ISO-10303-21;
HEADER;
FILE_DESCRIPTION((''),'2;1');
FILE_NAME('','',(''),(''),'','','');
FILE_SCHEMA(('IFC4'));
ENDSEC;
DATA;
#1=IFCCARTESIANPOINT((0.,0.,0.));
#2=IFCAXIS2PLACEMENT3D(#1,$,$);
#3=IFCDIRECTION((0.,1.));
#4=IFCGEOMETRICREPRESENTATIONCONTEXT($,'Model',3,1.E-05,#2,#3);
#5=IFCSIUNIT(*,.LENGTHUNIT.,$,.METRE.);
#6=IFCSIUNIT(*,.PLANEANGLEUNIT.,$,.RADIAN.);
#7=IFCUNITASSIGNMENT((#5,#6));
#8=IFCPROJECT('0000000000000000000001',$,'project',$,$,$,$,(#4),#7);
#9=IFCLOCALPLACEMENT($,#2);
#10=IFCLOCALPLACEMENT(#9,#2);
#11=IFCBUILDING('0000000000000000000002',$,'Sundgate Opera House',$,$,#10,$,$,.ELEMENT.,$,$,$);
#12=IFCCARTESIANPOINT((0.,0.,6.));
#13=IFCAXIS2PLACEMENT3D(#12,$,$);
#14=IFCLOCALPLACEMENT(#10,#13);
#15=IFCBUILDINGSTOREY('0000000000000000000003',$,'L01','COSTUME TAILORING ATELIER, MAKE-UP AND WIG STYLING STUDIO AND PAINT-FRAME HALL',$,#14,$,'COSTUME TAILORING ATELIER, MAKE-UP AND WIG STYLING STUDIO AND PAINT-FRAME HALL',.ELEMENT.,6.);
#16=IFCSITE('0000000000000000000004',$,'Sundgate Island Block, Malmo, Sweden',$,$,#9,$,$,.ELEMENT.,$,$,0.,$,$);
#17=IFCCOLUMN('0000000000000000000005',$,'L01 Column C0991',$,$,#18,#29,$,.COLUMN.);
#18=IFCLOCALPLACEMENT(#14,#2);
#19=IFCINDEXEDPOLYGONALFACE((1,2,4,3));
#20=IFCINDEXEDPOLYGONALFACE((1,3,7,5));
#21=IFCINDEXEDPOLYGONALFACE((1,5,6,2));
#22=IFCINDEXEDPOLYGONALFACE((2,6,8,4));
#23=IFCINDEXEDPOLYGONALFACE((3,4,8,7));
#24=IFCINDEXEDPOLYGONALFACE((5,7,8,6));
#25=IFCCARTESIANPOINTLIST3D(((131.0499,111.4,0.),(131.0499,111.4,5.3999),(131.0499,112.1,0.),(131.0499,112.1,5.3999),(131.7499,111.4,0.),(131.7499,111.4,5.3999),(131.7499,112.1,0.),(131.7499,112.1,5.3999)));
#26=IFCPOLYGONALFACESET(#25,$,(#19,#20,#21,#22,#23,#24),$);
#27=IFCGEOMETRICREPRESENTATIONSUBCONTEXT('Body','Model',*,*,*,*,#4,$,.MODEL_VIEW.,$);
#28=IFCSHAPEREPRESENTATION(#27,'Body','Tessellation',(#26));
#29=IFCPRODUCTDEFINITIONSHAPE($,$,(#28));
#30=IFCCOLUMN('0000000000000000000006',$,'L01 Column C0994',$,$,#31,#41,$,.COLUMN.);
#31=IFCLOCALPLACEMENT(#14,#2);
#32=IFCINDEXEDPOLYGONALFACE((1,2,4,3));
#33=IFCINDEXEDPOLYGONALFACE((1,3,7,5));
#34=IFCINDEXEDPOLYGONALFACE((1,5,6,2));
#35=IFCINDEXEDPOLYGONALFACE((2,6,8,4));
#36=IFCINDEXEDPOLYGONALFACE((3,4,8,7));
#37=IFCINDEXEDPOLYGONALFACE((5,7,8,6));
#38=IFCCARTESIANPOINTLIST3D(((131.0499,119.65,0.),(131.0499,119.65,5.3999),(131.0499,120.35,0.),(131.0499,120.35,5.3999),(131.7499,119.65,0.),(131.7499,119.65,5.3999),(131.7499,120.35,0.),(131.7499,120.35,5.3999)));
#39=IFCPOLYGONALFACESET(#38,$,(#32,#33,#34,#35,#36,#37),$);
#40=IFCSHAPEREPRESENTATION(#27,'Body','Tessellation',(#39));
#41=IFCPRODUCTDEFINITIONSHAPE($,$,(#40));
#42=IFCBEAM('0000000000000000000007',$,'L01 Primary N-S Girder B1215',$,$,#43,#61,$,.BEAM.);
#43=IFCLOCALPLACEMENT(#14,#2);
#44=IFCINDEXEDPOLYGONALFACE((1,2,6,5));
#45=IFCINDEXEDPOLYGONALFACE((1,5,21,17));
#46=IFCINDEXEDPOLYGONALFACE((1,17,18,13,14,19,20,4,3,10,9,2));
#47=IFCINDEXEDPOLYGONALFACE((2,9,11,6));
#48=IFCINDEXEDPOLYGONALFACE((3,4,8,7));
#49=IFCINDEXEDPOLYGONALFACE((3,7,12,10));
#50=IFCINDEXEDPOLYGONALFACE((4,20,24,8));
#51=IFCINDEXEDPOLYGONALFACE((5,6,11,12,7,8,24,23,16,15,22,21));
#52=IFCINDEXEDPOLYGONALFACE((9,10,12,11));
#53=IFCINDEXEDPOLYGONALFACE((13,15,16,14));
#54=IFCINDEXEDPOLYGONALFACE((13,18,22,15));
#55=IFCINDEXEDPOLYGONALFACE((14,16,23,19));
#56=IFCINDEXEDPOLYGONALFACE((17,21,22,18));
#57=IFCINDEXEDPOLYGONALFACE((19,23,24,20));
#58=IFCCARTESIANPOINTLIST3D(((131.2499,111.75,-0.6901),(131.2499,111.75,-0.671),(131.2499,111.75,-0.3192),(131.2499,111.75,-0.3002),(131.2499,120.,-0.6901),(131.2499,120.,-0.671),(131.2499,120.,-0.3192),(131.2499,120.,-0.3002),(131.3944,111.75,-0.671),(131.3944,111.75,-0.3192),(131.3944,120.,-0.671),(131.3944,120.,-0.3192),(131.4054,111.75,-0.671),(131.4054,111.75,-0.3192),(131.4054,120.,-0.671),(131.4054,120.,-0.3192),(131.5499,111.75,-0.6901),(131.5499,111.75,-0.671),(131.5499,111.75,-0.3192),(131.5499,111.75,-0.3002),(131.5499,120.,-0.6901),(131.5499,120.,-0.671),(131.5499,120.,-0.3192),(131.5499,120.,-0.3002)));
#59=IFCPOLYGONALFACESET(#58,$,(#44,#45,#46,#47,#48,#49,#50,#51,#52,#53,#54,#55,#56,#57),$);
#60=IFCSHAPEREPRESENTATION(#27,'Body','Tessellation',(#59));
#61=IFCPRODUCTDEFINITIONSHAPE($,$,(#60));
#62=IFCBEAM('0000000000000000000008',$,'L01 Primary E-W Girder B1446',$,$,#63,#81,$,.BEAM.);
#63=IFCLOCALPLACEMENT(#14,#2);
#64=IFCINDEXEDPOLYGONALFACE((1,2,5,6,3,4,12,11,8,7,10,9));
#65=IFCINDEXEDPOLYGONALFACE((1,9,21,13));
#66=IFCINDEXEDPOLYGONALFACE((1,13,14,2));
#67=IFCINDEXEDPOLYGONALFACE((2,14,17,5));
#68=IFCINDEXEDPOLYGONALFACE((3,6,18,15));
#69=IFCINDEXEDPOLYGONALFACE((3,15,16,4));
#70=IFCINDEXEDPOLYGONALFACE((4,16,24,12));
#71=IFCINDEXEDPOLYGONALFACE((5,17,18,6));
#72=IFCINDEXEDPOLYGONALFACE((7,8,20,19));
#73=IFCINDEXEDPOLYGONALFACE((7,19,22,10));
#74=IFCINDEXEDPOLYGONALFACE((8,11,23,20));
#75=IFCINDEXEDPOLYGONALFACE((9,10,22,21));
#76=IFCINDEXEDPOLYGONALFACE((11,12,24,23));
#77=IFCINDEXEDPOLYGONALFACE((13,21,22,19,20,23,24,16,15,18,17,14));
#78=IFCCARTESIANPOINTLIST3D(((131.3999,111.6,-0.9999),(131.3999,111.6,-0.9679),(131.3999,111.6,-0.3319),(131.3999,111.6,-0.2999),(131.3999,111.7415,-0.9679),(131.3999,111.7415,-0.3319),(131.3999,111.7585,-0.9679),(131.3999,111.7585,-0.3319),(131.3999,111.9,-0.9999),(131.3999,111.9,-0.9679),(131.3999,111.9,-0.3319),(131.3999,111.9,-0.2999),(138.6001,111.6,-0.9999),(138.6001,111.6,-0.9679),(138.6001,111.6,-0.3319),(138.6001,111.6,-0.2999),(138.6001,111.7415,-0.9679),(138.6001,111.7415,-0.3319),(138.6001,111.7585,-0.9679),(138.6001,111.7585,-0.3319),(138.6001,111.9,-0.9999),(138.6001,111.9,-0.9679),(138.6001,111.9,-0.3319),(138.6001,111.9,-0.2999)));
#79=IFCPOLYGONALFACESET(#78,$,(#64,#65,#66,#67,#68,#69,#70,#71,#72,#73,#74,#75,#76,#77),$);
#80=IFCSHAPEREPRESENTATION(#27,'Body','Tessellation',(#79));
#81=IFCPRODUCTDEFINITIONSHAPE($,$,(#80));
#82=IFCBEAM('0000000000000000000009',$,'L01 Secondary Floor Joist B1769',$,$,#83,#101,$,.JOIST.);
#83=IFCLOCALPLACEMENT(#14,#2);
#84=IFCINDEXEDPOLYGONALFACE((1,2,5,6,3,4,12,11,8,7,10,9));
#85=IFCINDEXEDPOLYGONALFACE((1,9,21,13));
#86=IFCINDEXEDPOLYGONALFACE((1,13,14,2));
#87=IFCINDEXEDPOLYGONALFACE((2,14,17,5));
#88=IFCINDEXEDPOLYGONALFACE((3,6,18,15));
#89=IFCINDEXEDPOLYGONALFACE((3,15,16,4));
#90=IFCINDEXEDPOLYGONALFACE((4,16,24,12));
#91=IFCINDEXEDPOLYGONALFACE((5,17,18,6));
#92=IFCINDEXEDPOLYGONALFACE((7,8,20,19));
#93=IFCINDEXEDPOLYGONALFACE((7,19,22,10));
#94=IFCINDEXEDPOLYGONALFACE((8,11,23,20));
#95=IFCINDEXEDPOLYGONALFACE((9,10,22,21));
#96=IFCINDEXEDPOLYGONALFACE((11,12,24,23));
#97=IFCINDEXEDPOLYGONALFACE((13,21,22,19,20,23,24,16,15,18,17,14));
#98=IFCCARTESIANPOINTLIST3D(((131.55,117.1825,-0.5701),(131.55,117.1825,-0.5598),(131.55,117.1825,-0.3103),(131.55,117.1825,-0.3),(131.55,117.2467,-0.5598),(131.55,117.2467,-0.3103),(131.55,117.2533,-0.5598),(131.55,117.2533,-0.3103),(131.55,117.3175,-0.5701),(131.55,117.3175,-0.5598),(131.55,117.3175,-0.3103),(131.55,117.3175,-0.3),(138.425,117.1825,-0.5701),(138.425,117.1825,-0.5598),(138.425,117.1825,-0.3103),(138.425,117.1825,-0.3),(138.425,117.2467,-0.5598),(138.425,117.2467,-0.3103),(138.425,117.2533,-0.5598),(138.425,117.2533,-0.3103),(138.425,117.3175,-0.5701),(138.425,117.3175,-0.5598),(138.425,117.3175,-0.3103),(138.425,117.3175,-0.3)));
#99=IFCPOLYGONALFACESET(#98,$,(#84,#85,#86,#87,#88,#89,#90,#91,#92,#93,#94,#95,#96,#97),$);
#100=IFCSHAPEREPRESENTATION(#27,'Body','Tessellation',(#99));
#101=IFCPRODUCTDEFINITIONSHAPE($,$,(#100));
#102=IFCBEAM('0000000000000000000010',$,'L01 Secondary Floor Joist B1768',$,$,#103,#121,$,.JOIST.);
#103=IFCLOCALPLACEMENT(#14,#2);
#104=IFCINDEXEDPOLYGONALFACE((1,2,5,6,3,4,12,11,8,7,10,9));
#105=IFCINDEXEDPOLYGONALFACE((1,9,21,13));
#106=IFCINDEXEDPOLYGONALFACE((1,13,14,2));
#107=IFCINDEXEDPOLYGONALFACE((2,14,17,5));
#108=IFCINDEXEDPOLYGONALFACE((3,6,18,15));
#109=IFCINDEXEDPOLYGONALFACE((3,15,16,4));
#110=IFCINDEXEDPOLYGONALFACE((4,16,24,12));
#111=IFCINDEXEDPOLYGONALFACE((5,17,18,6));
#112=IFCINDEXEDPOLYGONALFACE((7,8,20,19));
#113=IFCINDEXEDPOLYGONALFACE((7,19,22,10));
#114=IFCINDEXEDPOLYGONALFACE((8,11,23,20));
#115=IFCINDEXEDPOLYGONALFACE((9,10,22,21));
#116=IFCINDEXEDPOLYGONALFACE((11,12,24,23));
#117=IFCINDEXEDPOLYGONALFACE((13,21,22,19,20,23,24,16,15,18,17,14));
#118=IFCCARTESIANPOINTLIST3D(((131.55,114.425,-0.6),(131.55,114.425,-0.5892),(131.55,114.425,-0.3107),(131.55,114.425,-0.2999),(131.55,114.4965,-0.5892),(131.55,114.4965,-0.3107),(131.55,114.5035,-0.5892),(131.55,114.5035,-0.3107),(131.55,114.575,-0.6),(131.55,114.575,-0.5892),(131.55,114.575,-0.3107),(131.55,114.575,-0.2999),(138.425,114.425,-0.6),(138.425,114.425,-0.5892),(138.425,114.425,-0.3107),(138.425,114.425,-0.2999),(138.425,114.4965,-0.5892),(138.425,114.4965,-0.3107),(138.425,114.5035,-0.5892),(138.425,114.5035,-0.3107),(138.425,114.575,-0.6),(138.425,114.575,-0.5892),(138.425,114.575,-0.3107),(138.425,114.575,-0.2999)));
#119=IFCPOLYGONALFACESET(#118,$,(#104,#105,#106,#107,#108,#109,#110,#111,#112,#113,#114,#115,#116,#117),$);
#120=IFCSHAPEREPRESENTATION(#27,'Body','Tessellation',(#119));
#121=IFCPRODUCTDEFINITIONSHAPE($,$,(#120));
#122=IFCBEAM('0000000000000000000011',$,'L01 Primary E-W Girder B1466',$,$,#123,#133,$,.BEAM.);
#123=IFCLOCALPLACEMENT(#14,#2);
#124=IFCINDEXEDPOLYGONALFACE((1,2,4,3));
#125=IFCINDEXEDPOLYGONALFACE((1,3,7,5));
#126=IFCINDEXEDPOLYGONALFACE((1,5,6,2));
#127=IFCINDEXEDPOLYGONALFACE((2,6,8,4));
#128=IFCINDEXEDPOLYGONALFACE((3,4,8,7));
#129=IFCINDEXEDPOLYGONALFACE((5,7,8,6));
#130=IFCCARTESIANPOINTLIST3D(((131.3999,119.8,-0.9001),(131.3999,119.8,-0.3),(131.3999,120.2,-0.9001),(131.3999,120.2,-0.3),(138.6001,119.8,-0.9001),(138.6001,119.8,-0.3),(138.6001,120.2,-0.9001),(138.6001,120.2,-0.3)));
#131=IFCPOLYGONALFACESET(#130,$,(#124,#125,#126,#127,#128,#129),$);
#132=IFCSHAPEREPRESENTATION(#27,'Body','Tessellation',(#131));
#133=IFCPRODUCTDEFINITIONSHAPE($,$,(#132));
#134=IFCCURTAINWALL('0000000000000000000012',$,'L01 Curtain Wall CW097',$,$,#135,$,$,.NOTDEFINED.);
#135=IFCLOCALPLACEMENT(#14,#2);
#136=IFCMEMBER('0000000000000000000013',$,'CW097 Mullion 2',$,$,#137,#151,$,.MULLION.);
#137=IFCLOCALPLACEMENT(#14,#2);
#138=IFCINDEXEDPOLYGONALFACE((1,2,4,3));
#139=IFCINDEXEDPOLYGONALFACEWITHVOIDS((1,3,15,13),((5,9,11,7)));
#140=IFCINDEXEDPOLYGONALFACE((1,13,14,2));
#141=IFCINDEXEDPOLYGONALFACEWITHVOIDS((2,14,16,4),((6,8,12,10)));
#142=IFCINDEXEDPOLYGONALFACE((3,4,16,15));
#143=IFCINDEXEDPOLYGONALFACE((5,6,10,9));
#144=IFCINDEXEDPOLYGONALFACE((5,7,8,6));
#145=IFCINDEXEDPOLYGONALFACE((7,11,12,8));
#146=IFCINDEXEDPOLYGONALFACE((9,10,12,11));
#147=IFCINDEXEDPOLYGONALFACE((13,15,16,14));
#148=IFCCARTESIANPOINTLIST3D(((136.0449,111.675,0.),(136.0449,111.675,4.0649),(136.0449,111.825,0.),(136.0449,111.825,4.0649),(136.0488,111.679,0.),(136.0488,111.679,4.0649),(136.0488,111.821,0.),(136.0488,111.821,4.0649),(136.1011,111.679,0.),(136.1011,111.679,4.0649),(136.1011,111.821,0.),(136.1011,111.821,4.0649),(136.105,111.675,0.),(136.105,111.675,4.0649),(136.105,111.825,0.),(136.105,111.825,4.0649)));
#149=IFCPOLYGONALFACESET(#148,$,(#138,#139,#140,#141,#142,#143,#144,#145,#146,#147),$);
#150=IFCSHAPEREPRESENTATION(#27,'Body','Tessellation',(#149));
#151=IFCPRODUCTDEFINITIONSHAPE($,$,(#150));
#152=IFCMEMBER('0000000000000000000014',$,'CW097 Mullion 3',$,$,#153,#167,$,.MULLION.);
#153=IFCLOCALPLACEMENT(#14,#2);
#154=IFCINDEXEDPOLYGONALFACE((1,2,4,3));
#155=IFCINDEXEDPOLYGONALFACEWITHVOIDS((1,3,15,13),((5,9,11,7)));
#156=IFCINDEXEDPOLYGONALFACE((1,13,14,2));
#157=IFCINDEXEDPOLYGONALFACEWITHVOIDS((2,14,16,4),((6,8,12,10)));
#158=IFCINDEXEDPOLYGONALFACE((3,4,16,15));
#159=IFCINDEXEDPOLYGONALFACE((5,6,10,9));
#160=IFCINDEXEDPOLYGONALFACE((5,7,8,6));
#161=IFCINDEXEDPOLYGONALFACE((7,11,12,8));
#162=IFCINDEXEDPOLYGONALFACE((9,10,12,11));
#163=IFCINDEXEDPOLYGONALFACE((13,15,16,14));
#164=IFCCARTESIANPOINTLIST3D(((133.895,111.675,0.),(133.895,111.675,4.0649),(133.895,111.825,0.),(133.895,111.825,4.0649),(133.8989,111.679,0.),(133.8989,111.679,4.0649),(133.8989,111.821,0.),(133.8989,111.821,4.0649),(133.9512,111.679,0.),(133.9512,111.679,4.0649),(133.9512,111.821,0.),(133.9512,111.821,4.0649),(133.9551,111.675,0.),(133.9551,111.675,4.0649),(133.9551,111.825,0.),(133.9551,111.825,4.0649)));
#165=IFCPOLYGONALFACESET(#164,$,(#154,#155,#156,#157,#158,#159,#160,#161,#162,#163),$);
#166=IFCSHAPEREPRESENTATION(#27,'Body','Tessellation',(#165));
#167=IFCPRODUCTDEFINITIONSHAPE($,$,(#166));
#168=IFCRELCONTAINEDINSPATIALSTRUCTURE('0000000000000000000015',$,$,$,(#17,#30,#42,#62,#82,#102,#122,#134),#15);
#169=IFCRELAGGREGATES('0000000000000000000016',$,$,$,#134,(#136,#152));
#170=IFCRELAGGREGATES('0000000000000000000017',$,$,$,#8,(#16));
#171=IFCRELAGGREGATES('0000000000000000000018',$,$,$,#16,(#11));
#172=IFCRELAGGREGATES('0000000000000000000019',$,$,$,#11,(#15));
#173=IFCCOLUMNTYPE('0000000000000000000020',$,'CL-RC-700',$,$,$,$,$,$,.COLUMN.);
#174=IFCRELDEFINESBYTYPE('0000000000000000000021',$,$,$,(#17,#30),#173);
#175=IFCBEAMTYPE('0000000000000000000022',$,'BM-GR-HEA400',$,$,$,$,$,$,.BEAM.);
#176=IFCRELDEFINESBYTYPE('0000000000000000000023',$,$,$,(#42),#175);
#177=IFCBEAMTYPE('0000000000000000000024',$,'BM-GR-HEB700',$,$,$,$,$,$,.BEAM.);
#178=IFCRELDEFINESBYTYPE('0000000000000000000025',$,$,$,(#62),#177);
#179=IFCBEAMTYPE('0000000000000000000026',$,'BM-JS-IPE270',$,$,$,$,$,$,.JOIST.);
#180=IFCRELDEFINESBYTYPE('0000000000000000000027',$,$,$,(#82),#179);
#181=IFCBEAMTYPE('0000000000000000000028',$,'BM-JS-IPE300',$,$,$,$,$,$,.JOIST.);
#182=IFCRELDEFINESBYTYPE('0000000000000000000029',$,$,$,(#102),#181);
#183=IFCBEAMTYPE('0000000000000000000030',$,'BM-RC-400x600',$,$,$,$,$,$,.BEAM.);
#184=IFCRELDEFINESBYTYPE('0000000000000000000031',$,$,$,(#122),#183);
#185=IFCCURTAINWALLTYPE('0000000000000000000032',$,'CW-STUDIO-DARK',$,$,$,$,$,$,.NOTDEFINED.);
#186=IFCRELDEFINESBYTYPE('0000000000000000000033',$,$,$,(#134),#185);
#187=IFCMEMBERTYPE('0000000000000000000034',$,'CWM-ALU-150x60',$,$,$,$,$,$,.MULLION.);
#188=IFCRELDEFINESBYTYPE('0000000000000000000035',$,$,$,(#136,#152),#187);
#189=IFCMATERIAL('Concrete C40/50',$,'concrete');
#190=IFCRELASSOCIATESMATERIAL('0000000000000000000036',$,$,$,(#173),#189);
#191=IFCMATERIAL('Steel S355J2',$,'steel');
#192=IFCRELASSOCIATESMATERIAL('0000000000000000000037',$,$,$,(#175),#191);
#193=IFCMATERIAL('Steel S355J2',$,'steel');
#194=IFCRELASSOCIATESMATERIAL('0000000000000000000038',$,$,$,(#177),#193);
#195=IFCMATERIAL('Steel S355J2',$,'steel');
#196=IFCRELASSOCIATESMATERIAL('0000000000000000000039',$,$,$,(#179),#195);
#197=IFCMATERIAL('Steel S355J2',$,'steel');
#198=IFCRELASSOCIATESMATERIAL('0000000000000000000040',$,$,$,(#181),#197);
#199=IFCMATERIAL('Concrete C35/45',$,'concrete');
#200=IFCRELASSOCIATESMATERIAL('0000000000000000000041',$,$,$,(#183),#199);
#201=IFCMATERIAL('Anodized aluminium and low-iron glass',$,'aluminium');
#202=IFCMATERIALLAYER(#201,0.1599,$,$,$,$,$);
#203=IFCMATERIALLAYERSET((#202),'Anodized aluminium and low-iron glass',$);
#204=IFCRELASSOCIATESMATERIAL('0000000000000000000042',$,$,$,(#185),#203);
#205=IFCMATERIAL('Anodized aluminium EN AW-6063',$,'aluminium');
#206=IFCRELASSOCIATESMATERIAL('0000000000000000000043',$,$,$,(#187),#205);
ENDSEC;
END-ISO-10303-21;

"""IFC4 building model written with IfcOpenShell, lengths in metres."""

from ifc_helpers import new_model, si_unit, direction, frame, origin, origin_2d, place, context, subcontext, project, spatial, rectangle, hollow_rectangle, i_section, extrude, material, layer, layer_set, material_profile, profile_set, type_object, element, aggregate, save


model = new_model("IFC4")

# Units and contexts
model_context = context("Model", 3, precision=1e-05, world=origin(), true_north=direction((0.0, 1.0)))
body_context = subcontext(model_context, "Body", "Model", "MODEL_VIEW")
ifc_project = project(units=[si_unit("LENGTHUNIT", "METRE"), si_unit("PLANEANGLEUNIT", "RADIAN")], contexts=[model_context])

# Site, building, storey
site_placement = place(None, origin())
site = spatial("IfcSite", under=ifc_project, at=site_placement, Name="Sundgate Island Block, Malmo, Sweden", CompositionType="ELEMENT", RefElevation=0.0)
building_placement = place(site_placement, origin())
building = spatial("IfcBuilding", under=site, at=building_placement, Name="Sundgate Opera House", CompositionType="ELEMENT")
storey_placement = place(building_placement, frame((0.0, 0.0, 6.0)))
storey = spatial("IfcBuildingStorey", under=building, at=storey_placement, Name="L01", Description="COSTUME TAILORING ATELIER, MAKE-UP AND WIG STYLING STUDIO AND PAINT-FRAME HALL", LongName="COSTUME TAILORING ATELIER, MAKE-UP AND WIG STYLING STUDIO AND PAINT-FRAME HALL", CompositionType="ELEMENT", Elevation=6.0)

# Columns
ifc_material_1 = material(Name="Concrete C40/50", Category="concrete")
ifc_material_profile_1 = material_profile(ifc_material_1, rectangle(XDim=0.7, YDim=0.7, at=origin_2d()), Name="RC 700x700")
ifc_profile_set_1 = profile_set([ifc_material_profile_1], Name="Concrete C40/50")
column_type = type_object("IfcColumnType", Name="CL-RC-700", PredefinedType="COLUMN", material=ifc_profile_set_1)
for number, where, z_axis, x_axis, name in (
    (1, (131.3999, 111.75, 0.0), (0.0, 0.0, 1.0), (1.0, 0.0, 0.0), "L01 Column C0991"),
    (2, (131.3999, 120.0, 0.0), (0.0, 0.0, 1.0), (1.0, 0.0, 0.0), "L01 Column C0994"),
):
    element("IfcColumn", number, at=place(storey_placement, frame(where, z_axis=z_axis, x_axis=x_axis)), inside=storey, type_object=column_type, Name=name, PredefinedType="COLUMN", context=body_context, shape_type="SweptSolid", body=[
        extrude(rectangle(XDim=0.7, YDim=0.7, at=origin_2d()), origin(), (0.0, 0.0, 1.0), 5.3999),
    ])

# Beams
ifc_material_2 = material(Name="Steel S355J2", Category="steel")
ifc_material_profile_2 = material_profile(ifc_material_2, i_section(OverallWidth=0.3, OverallDepth=0.3899, WebThickness=0.011, FlangeThickness=0.019, at=origin_2d()), Name="HEA 400")
ifc_profile_set_2 = profile_set([ifc_material_profile_2], Name="Steel S355J2")
beam_type_1 = type_object("IfcBeamType", Name="BM-GR-HEA400", PredefinedType="BEAM", material=ifc_profile_set_2)
beam_1_placement = place(storey_placement, frame((131.3999, 111.75, -0.4951), z_axis=(0.0, 1.0, 0.0), x_axis=(-1.0, 0.0, 0.0)))
element("IfcBeam", 3, at=beam_1_placement, inside=storey, type_object=beam_type_1, Name="L01 Primary N-S Girder B1215", PredefinedType="BEAM", context=body_context, shape_type="SweptSolid", body=[
    extrude(i_section(OverallWidth=0.3, OverallDepth=0.3899, WebThickness=0.011, FlangeThickness=0.019, at=origin_2d()), origin(), (0.0, 0.0, 1.0), 8.25),
])
ifc_material_3 = material(Name="Steel S355J2", Category="steel")
ifc_material_profile_3 = material_profile(ifc_material_3, i_section(OverallWidth=0.3, OverallDepth=0.7, WebThickness=0.0171, FlangeThickness=0.032, at=origin_2d()), Name="HEB 700")
ifc_profile_set_3 = profile_set([ifc_material_profile_3], Name="Steel S355J2")
beam_type_2 = type_object("IfcBeamType", Name="BM-GR-HEB700", PredefinedType="BEAM", material=ifc_profile_set_3)
beam_2_placement = place(storey_placement, frame((131.3999, 111.75, -0.6499), z_axis=(1.0, 0.0, 0.0), x_axis=(0.0, 1.0, 0.0)))
element("IfcBeam", 4, at=beam_2_placement, inside=storey, type_object=beam_type_2, Name="L01 Primary E-W Girder B1446", PredefinedType="BEAM", context=body_context, shape_type="SweptSolid", body=[
    extrude(i_section(OverallWidth=0.3, OverallDepth=0.7, WebThickness=0.0171, FlangeThickness=0.032, at=origin_2d()), origin(), (0.0, 0.0, 1.0), 7.2002),
])
ifc_material_4 = material(Name="Steel S355J2", Category="steel")
ifc_material_profile_4 = material_profile(ifc_material_4, i_section(OverallWidth=0.135, OverallDepth=0.27, WebThickness=0.0066, FlangeThickness=0.0103, at=origin_2d()), Name="IPE 270")
ifc_profile_set_4 = profile_set([ifc_material_profile_4], Name="Steel S355J2")
beam_type_3 = type_object("IfcBeamType", Name="BM-JS-IPE270", PredefinedType="JOIST", material=ifc_profile_set_4)
beam_3_placement = place(storey_placement, frame((131.55, 117.25, -0.4351), z_axis=(1.0, 0.0, 0.0), x_axis=(0.0, 1.0, 0.0)))
element("IfcBeam", 5, at=beam_3_placement, inside=storey, type_object=beam_type_3, Name="L01 Secondary Floor Joist B1769", PredefinedType="JOIST", context=body_context, shape_type="SweptSolid", body=[
    extrude(i_section(OverallWidth=0.135, OverallDepth=0.27, WebThickness=0.0066, FlangeThickness=0.0103, at=origin_2d()), origin(), (0.0, 0.0, 1.0), 6.875),
])
ifc_material_5 = material(Name="Steel S355J2", Category="steel")
ifc_material_profile_5 = material_profile(ifc_material_5, i_section(OverallWidth=0.1499, OverallDepth=0.3, WebThickness=0.0071, FlangeThickness=0.0107, at=origin_2d()), Name="IPE 300")
ifc_profile_set_5 = profile_set([ifc_material_profile_5], Name="Steel S355J2")
beam_type_4 = type_object("IfcBeamType", Name="BM-JS-IPE300", PredefinedType="JOIST", material=ifc_profile_set_5)
beam_4_placement = place(storey_placement, frame((131.55, 114.5, -0.45), z_axis=(1.0, 0.0, 0.0), x_axis=(0.0, 1.0, 0.0)))
element("IfcBeam", 6, at=beam_4_placement, inside=storey, type_object=beam_type_4, Name="L01 Secondary Floor Joist B1768", PredefinedType="JOIST", context=body_context, shape_type="SweptSolid", body=[
    extrude(i_section(OverallWidth=0.1499, OverallDepth=0.3, WebThickness=0.0071, FlangeThickness=0.0107, at=origin_2d()), origin(), (0.0, 0.0, 1.0), 6.875),
])
ifc_material_6 = material(Name="Concrete C35/45", Category="concrete")
ifc_material_profile_6 = material_profile(ifc_material_6, rectangle(XDim=0.3999, YDim=0.6001, at=origin_2d()), Name="RC 400x600")
ifc_profile_set_6 = profile_set([ifc_material_profile_6], Name="Concrete C35/45")
beam_type_5 = type_object("IfcBeamType", Name="BM-RC-400x600", PredefinedType="BEAM", material=ifc_profile_set_6)
beam_5_placement = place(storey_placement, frame((131.3999, 120.0, -0.6001), z_axis=(1.0, 0.0, 0.0), x_axis=(0.0, 1.0, 0.0)))
element("IfcBeam", 7, at=beam_5_placement, inside=storey, type_object=beam_type_5, Name="L01 Primary E-W Girder B1466", PredefinedType="BEAM", context=body_context, shape_type="SweptSolid", body=[
    extrude(rectangle(XDim=0.3999, YDim=0.6001, at=origin_2d()), origin(), (0.0, 0.0, 1.0), 7.2002),
])

# Curtain wall, members
ifc_material_7 = material(Name="Anodized aluminium and low-iron glass", Category="aluminium")
ifc_layer_1 = layer(ifc_material_7, 0.1599)
ifc_layer_set_1 = layer_set([ifc_layer_1], Name="Anodized aluminium and low-iron glass")
curtain_wall_type = type_object("IfcCurtainWallType", Name="CW-STUDIO-DARK", PredefinedType="NOTDEFINED", material=ifc_layer_set_1)
curtain_wall_1_placement = place(storey_placement, origin())
curtain_wall_1 = element("IfcCurtainWall", 8, at=curtain_wall_1_placement, inside=storey, type_object=curtain_wall_type, Name="L01 Curtain Wall CW097", PredefinedType="NOTDEFINED")
ifc_material_8 = material(Name="Anodized aluminium EN AW-6063", Category="aluminium")
ifc_material_profile_7 = material_profile(ifc_material_8, hollow_rectangle(XDim=0.0601, YDim=0.1499, WallThickness=0.0039, at=origin_2d()), Name="CWM 150x60x4")
ifc_profile_set_7 = profile_set([ifc_material_profile_7], Name="Anodized aluminium EN AW-6063")
member_type_1 = type_object("IfcMemberType", Name="CWM-ALU-150x60", PredefinedType="MULLION", material=ifc_profile_set_7)
member_1_placement = place(storey_placement, frame((136.075, 111.75, 0.0), z_axis=(0.0, 0.0, 1.0), x_axis=(1.0, 0.0, 0.0)))
member_1 = element("IfcMember", 9, at=member_1_placement, type_object=member_type_1, Name="CW097 Mullion 2", PredefinedType="MULLION", context=body_context, shape_type="SweptSolid", body=[
    extrude(hollow_rectangle(XDim=0.0601, YDim=0.1499, WallThickness=0.0039, at=origin_2d()), origin(), (0.0, 0.0, 1.0), 4.0649),
])
member_2_placement = place(storey_placement, frame((133.925, 111.75, 0.0), z_axis=(0.0, 0.0, 1.0), x_axis=(1.0, 0.0, 0.0)))
member_2 = element("IfcMember", 10, at=member_2_placement, type_object=member_type_1, Name="CW097 Mullion 3", PredefinedType="MULLION", context=body_context, shape_type="SweptSolid", body=[
    extrude(hollow_rectangle(XDim=0.0601, YDim=0.1499, WallThickness=0.0039, at=origin_2d()), origin(), (0.0, 0.0, 1.0), 4.0649),
])

aggregate(curtain_wall_1, [member_1, member_2])

save(model, "model.ifc")
